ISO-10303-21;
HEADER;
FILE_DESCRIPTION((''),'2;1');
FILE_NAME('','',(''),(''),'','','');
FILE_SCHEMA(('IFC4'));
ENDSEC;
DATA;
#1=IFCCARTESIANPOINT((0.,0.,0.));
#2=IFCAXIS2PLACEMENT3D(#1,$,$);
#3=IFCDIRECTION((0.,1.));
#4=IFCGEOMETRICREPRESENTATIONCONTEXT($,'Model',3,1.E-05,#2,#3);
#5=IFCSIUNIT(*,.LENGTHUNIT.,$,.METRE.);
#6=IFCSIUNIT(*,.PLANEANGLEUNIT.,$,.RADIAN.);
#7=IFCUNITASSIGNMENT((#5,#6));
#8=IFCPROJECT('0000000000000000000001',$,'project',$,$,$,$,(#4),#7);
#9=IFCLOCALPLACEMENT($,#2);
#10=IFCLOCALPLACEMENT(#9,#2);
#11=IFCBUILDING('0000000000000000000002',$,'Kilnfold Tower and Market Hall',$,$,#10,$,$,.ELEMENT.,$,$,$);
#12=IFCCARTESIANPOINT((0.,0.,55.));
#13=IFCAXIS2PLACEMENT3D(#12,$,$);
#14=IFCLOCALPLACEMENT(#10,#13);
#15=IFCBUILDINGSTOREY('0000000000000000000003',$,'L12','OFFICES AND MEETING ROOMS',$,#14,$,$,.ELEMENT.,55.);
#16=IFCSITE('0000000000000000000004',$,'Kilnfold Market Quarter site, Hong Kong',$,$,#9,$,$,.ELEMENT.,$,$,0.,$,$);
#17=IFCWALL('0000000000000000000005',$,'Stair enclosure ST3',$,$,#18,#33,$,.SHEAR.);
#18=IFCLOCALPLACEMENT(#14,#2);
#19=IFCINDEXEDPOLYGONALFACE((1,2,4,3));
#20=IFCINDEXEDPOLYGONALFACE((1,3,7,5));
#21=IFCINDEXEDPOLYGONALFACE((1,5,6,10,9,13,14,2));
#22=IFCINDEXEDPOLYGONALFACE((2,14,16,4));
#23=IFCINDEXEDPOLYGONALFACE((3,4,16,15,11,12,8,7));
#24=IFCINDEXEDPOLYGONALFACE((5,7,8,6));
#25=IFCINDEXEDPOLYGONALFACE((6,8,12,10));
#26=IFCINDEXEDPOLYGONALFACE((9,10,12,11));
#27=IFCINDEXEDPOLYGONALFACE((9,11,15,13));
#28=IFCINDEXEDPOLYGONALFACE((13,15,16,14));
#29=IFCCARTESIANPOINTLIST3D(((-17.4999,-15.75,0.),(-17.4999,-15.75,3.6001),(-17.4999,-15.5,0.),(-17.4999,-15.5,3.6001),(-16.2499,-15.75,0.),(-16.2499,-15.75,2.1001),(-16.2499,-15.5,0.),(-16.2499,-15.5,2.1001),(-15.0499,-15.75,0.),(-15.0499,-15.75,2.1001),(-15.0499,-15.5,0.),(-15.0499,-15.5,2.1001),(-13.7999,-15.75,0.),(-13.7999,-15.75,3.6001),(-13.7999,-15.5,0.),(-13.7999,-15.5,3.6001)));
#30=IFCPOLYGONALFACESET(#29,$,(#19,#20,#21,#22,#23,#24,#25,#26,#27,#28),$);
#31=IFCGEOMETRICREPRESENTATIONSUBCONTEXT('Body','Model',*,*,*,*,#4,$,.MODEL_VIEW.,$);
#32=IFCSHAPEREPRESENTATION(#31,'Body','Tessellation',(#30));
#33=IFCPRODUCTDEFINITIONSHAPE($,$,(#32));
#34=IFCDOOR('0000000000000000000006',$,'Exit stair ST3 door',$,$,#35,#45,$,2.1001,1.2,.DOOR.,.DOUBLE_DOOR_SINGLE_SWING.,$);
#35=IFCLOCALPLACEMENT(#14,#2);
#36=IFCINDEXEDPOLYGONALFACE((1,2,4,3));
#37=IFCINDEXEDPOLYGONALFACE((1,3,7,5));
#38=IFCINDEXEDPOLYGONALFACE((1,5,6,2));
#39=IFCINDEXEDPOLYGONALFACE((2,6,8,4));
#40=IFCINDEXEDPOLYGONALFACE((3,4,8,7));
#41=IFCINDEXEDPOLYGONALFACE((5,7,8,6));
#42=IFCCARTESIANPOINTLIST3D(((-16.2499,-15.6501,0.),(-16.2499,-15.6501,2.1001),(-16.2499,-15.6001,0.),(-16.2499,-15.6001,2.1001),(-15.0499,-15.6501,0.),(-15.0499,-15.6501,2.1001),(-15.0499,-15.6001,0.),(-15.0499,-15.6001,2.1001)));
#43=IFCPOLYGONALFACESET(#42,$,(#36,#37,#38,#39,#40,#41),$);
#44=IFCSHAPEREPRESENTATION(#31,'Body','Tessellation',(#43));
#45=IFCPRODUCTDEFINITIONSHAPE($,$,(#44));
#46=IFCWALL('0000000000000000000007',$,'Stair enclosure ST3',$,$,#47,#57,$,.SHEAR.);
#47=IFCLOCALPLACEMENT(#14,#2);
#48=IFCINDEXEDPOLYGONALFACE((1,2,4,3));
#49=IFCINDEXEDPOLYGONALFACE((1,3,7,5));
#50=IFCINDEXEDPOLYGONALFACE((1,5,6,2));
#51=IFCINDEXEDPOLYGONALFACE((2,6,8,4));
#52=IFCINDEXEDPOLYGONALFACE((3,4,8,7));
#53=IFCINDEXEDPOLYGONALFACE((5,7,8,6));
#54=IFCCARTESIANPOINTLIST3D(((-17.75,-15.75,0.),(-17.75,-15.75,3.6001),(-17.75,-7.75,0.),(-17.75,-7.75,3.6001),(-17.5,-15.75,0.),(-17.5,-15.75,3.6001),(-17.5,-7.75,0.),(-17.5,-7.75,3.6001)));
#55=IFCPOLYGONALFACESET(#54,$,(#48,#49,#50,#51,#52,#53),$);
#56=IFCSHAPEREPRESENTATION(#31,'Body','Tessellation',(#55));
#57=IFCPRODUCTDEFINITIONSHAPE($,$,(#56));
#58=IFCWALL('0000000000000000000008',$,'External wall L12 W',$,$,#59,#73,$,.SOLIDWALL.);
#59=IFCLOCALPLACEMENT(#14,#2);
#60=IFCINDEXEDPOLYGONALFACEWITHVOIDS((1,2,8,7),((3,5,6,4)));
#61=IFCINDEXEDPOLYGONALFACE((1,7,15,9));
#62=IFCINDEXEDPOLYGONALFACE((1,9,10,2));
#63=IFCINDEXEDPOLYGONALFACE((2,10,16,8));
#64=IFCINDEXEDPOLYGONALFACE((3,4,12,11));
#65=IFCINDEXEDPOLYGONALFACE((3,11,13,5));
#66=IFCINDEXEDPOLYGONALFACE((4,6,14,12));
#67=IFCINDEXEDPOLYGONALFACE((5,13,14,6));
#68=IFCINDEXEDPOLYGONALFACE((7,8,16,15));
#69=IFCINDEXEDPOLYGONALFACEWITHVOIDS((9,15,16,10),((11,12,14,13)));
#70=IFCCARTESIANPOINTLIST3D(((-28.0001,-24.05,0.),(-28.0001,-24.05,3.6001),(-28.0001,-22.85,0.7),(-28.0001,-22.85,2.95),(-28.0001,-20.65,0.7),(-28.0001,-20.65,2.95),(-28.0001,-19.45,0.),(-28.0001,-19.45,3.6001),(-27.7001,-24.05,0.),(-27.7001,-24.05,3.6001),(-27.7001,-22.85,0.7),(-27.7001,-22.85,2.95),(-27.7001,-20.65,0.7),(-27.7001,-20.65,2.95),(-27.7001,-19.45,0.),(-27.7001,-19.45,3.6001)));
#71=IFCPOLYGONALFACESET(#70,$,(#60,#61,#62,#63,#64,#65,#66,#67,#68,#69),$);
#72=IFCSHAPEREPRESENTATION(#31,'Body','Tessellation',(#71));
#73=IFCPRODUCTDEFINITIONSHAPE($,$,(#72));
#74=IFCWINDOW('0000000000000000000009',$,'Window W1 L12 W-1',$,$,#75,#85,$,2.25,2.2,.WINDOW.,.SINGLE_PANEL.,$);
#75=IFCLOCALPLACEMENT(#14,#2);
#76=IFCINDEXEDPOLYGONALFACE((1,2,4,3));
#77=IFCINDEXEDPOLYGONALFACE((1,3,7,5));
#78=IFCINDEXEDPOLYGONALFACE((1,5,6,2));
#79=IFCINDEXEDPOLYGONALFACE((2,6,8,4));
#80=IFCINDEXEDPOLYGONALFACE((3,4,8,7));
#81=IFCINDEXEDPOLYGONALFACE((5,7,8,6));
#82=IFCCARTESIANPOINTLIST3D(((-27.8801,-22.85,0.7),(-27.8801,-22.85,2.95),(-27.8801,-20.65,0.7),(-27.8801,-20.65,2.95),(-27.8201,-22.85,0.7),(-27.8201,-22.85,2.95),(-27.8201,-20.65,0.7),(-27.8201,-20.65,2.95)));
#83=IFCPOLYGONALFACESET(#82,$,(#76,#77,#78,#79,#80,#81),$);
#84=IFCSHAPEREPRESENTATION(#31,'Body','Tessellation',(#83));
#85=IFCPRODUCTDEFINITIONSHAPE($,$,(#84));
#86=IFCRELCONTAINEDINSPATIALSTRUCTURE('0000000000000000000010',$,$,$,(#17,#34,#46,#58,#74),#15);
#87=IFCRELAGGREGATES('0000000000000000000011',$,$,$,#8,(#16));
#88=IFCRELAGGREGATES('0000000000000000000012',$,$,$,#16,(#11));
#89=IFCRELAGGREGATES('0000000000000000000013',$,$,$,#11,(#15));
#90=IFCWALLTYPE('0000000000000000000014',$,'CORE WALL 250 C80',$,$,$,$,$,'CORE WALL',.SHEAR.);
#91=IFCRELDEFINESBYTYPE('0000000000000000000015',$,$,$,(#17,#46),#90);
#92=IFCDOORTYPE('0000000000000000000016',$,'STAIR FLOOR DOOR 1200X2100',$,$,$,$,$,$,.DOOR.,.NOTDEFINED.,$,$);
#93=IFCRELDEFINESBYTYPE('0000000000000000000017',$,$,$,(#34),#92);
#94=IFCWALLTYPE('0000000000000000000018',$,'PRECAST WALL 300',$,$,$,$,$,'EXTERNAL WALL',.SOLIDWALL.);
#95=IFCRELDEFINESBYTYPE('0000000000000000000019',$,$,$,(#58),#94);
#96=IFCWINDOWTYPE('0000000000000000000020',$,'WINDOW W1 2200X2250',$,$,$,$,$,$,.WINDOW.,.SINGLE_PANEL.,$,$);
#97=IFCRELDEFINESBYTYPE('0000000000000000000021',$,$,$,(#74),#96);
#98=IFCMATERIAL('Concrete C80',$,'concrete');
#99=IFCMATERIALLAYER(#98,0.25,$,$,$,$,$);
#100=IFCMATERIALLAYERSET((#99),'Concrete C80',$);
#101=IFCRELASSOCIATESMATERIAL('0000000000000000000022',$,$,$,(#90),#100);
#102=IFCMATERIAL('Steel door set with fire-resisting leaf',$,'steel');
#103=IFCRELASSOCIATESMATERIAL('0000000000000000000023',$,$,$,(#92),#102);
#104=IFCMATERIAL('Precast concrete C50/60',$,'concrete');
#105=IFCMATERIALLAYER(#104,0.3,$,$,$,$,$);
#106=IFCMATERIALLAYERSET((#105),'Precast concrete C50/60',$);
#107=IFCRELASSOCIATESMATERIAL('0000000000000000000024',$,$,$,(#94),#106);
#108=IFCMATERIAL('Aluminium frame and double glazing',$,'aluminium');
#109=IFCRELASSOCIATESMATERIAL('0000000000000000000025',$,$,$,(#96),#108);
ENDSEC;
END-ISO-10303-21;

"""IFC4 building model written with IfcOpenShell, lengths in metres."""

from ifc_helpers import new_model, si_unit, direction, frame, frame_2d, origin, place, context, subcontext, project, spatial, rectangle, extrude, source, transform, mapped, material, layer, layer_set, type_object, element, fill, save


model = new_model("IFC4")

# Units and contexts
model_context = context("Model", 3, precision=1e-05, world=origin(), true_north=direction((0.0, 1.0)))
body_context = subcontext(model_context, "Body", "Model", "MODEL_VIEW")
ifc_project = project(units=[si_unit("LENGTHUNIT", "METRE"), si_unit("PLANEANGLEUNIT", "RADIAN")], contexts=[model_context])

# Site, building, storey
site_placement = place(None, origin())
site = spatial("IfcSite", under=ifc_project, at=site_placement, Name="Kilnfold Market Quarter site, Hong Kong", CompositionType="ELEMENT", RefElevation=0.0)
building_placement = place(site_placement, origin())
building = spatial("IfcBuilding", under=site, at=building_placement, Name="Kilnfold Tower and Market Hall", CompositionType="ELEMENT")
storey_placement = place(building_placement, frame((0.0, 0.0, 55.0)))
storey = spatial("IfcBuildingStorey", under=building, at=storey_placement, Name="L12", Description="OFFICES AND MEETING ROOMS", CompositionType="ELEMENT", Elevation=55.0)

# Wall, opening, door
ifc_material_1 = material(Name="Concrete C80", Category="concrete")
ifc_layer_1 = layer(ifc_material_1, 0.25)
ifc_layer_set_1 = layer_set([ifc_layer_1], Name="Concrete C80")
wall_type_1 = type_object("IfcWallType", Name="CORE WALL 250 C80", ElementType="CORE WALL", PredefinedType="SHEAR", material=ifc_layer_set_1)
shared_shape_1 = source(origin(), body_context, "Body", "SweptSolid", [
    extrude(rectangle(XDim=3.7, YDim=0.25, at=frame_2d((1.8501, 0.0))), origin(), (0.0, 0.0, 1.0), 3.6001),
])
wall_1_placement = place(storey_placement, frame((-17.5, -15.625, 0.0), z_axis=(0.0, 0.0, 1.0), x_axis=(1.0, 0.0, 0.0)))
wall_1 = element("IfcWall", 1, at=wall_1_placement, inside=storey, type_object=wall_type_1, Name="Stair enclosure ST3", PredefinedType="SHEAR", context=body_context, shape_type="MappedRepresentation", body=[
    mapped(shared_shape_1, transform((0.0, 0.0, 0.0))),
])
opening_1_placement = place(wall_1_placement, frame((1.25, 0.0, 0.0)))
opening_1 = element("IfcOpeningElement", 2, at=opening_1_placement, cuts=wall_1, PredefinedType="OPENING", context=body_context, shape_type="SweptSolid", body=[
    extrude(rectangle(XDim=1.2, YDim=2.1001, at=frame_2d((0.6001, 1.05))), frame((0.0, 0.135, 0.0), z_axis=(0.0, -1.0, 0.0), x_axis=(1.0, 0.0, 0.0)), (0.0, 0.0, 1.0), 0.27),
])
ifc_material_2 = material(Name="Steel door set with fire-resisting leaf", Category="steel")
door_type_1 = type_object("IfcDoorType", Name="STAIR FLOOR DOOR 1200X2100", OperationType="NOTDEFINED", PredefinedType="DOOR", material=ifc_material_2)
door_1_placement = place(opening_1_placement, origin())
door_1 = element("IfcDoor", 3, at=door_1_placement, inside=storey, type_object=door_type_1, Name="Exit stair ST3 door", OperationType="DOUBLE_DOOR_SINGLE_SWING", OverallHeight=2.1001, OverallWidth=1.2, PredefinedType="DOOR", context=body_context, shape_type="SweptSolid", body=[
    extrude(rectangle(XDim=1.2, YDim=2.1001, at=frame_2d((0.6001, 1.05))), frame((0.0, 0.0249, 0.0), z_axis=(0.0, -1.0, 0.0), x_axis=(1.0, 0.0, 0.0)), (0.0, 0.0, 1.0), 0.05),
])
fill(opening_1, door_1)

# Wall
shared_shape_2 = source(origin(), body_context, "Body", "SweptSolid", [
    extrude(rectangle(XDim=8.0, YDim=0.25, at=frame_2d((4.0, 0.0))), origin(), (0.0, 0.0, 1.0), 3.6001),
])
wall_2_placement = place(storey_placement, frame((-17.625, -15.75, 0.0), z_axis=(0.0, 0.0, 1.0), x_axis=(0.0, 1.0, 0.0)))
element("IfcWall", 4, at=wall_2_placement, inside=storey, type_object=wall_type_1, Name="Stair enclosure ST3", PredefinedType="SHEAR", context=body_context, shape_type="MappedRepresentation", body=[
    mapped(shared_shape_2, transform((0.0, 0.0, 0.0))),
])

# Wall, opening, window
ifc_material_3 = material(Name="Precast concrete C50/60", Category="concrete")
ifc_layer_2 = layer(ifc_material_3, 0.3)
ifc_layer_set_2 = layer_set([ifc_layer_2], Name="Precast concrete C50/60")
wall_type_2 = type_object("IfcWallType", Name="PRECAST WALL 300", ElementType="EXTERNAL WALL", PredefinedType="SOLIDWALL", material=ifc_layer_set_2)
shared_shape_3 = source(origin(), body_context, "Body", "SweptSolid", [
    extrude(rectangle(XDim=4.6001, YDim=0.3, at=frame_2d((2.3, 0.0))), origin(), (0.0, 0.0, 1.0), 3.6001),
])
wall_3_placement = place(storey_placement, frame((-27.8501, -19.45, 0.0), z_axis=(0.0, 0.0, 1.0), x_axis=(0.0, -1.0, 0.0)))
wall_3 = element("IfcWall", 5, at=wall_3_placement, inside=storey, type_object=wall_type_2, Name="External wall L12 W", PredefinedType="SOLIDWALL", context=body_context, shape_type="MappedRepresentation", body=[
    mapped(shared_shape_3, transform((0.0, 0.0, 0.0))),
])
opening_2_placement = place(wall_3_placement, frame((1.2, 0.0, 0.7)))
opening_2 = element("IfcOpeningElement", 6, at=opening_2_placement, cuts=wall_3, PredefinedType="OPENING", context=body_context, shape_type="SweptSolid", body=[
    extrude(rectangle(XDim=2.2, YDim=2.25, at=frame_2d((1.1001, 1.125))), frame((0.0, 0.1602, 0.0), z_axis=(0.0, -1.0, 0.0), x_axis=(1.0, 0.0, 0.0)), (0.0, 0.0, 1.0), 0.3201),
])
ifc_material_4 = material(Name="Aluminium frame and double glazing", Category="aluminium")
window_type = type_object("IfcWindowType", Name="WINDOW W1 2200X2250", PartitioningType="SINGLE_PANEL", PredefinedType="WINDOW", material=ifc_material_4)
window_placement = place(opening_2_placement, origin())
window = element("IfcWindow", 7, at=window_placement, inside=storey, type_object=window_type, Name="Window W1 L12 W-1", OverallHeight=2.25, OverallWidth=2.2, PartitioningType="SINGLE_PANEL", PredefinedType="WINDOW", context=body_context, shape_type="SweptSolid", body=[
    extrude(rectangle(XDim=2.2, YDim=2.25, at=frame_2d((1.1001, 1.125))), frame((0.0, 0.03, 0.0), z_axis=(0.0, -1.0, 0.0), x_axis=(1.0, 0.0, 0.0)), (0.0, 0.0, 1.0), 0.0601),
])
fill(opening_2, window)

save(model, "model.ifc")
